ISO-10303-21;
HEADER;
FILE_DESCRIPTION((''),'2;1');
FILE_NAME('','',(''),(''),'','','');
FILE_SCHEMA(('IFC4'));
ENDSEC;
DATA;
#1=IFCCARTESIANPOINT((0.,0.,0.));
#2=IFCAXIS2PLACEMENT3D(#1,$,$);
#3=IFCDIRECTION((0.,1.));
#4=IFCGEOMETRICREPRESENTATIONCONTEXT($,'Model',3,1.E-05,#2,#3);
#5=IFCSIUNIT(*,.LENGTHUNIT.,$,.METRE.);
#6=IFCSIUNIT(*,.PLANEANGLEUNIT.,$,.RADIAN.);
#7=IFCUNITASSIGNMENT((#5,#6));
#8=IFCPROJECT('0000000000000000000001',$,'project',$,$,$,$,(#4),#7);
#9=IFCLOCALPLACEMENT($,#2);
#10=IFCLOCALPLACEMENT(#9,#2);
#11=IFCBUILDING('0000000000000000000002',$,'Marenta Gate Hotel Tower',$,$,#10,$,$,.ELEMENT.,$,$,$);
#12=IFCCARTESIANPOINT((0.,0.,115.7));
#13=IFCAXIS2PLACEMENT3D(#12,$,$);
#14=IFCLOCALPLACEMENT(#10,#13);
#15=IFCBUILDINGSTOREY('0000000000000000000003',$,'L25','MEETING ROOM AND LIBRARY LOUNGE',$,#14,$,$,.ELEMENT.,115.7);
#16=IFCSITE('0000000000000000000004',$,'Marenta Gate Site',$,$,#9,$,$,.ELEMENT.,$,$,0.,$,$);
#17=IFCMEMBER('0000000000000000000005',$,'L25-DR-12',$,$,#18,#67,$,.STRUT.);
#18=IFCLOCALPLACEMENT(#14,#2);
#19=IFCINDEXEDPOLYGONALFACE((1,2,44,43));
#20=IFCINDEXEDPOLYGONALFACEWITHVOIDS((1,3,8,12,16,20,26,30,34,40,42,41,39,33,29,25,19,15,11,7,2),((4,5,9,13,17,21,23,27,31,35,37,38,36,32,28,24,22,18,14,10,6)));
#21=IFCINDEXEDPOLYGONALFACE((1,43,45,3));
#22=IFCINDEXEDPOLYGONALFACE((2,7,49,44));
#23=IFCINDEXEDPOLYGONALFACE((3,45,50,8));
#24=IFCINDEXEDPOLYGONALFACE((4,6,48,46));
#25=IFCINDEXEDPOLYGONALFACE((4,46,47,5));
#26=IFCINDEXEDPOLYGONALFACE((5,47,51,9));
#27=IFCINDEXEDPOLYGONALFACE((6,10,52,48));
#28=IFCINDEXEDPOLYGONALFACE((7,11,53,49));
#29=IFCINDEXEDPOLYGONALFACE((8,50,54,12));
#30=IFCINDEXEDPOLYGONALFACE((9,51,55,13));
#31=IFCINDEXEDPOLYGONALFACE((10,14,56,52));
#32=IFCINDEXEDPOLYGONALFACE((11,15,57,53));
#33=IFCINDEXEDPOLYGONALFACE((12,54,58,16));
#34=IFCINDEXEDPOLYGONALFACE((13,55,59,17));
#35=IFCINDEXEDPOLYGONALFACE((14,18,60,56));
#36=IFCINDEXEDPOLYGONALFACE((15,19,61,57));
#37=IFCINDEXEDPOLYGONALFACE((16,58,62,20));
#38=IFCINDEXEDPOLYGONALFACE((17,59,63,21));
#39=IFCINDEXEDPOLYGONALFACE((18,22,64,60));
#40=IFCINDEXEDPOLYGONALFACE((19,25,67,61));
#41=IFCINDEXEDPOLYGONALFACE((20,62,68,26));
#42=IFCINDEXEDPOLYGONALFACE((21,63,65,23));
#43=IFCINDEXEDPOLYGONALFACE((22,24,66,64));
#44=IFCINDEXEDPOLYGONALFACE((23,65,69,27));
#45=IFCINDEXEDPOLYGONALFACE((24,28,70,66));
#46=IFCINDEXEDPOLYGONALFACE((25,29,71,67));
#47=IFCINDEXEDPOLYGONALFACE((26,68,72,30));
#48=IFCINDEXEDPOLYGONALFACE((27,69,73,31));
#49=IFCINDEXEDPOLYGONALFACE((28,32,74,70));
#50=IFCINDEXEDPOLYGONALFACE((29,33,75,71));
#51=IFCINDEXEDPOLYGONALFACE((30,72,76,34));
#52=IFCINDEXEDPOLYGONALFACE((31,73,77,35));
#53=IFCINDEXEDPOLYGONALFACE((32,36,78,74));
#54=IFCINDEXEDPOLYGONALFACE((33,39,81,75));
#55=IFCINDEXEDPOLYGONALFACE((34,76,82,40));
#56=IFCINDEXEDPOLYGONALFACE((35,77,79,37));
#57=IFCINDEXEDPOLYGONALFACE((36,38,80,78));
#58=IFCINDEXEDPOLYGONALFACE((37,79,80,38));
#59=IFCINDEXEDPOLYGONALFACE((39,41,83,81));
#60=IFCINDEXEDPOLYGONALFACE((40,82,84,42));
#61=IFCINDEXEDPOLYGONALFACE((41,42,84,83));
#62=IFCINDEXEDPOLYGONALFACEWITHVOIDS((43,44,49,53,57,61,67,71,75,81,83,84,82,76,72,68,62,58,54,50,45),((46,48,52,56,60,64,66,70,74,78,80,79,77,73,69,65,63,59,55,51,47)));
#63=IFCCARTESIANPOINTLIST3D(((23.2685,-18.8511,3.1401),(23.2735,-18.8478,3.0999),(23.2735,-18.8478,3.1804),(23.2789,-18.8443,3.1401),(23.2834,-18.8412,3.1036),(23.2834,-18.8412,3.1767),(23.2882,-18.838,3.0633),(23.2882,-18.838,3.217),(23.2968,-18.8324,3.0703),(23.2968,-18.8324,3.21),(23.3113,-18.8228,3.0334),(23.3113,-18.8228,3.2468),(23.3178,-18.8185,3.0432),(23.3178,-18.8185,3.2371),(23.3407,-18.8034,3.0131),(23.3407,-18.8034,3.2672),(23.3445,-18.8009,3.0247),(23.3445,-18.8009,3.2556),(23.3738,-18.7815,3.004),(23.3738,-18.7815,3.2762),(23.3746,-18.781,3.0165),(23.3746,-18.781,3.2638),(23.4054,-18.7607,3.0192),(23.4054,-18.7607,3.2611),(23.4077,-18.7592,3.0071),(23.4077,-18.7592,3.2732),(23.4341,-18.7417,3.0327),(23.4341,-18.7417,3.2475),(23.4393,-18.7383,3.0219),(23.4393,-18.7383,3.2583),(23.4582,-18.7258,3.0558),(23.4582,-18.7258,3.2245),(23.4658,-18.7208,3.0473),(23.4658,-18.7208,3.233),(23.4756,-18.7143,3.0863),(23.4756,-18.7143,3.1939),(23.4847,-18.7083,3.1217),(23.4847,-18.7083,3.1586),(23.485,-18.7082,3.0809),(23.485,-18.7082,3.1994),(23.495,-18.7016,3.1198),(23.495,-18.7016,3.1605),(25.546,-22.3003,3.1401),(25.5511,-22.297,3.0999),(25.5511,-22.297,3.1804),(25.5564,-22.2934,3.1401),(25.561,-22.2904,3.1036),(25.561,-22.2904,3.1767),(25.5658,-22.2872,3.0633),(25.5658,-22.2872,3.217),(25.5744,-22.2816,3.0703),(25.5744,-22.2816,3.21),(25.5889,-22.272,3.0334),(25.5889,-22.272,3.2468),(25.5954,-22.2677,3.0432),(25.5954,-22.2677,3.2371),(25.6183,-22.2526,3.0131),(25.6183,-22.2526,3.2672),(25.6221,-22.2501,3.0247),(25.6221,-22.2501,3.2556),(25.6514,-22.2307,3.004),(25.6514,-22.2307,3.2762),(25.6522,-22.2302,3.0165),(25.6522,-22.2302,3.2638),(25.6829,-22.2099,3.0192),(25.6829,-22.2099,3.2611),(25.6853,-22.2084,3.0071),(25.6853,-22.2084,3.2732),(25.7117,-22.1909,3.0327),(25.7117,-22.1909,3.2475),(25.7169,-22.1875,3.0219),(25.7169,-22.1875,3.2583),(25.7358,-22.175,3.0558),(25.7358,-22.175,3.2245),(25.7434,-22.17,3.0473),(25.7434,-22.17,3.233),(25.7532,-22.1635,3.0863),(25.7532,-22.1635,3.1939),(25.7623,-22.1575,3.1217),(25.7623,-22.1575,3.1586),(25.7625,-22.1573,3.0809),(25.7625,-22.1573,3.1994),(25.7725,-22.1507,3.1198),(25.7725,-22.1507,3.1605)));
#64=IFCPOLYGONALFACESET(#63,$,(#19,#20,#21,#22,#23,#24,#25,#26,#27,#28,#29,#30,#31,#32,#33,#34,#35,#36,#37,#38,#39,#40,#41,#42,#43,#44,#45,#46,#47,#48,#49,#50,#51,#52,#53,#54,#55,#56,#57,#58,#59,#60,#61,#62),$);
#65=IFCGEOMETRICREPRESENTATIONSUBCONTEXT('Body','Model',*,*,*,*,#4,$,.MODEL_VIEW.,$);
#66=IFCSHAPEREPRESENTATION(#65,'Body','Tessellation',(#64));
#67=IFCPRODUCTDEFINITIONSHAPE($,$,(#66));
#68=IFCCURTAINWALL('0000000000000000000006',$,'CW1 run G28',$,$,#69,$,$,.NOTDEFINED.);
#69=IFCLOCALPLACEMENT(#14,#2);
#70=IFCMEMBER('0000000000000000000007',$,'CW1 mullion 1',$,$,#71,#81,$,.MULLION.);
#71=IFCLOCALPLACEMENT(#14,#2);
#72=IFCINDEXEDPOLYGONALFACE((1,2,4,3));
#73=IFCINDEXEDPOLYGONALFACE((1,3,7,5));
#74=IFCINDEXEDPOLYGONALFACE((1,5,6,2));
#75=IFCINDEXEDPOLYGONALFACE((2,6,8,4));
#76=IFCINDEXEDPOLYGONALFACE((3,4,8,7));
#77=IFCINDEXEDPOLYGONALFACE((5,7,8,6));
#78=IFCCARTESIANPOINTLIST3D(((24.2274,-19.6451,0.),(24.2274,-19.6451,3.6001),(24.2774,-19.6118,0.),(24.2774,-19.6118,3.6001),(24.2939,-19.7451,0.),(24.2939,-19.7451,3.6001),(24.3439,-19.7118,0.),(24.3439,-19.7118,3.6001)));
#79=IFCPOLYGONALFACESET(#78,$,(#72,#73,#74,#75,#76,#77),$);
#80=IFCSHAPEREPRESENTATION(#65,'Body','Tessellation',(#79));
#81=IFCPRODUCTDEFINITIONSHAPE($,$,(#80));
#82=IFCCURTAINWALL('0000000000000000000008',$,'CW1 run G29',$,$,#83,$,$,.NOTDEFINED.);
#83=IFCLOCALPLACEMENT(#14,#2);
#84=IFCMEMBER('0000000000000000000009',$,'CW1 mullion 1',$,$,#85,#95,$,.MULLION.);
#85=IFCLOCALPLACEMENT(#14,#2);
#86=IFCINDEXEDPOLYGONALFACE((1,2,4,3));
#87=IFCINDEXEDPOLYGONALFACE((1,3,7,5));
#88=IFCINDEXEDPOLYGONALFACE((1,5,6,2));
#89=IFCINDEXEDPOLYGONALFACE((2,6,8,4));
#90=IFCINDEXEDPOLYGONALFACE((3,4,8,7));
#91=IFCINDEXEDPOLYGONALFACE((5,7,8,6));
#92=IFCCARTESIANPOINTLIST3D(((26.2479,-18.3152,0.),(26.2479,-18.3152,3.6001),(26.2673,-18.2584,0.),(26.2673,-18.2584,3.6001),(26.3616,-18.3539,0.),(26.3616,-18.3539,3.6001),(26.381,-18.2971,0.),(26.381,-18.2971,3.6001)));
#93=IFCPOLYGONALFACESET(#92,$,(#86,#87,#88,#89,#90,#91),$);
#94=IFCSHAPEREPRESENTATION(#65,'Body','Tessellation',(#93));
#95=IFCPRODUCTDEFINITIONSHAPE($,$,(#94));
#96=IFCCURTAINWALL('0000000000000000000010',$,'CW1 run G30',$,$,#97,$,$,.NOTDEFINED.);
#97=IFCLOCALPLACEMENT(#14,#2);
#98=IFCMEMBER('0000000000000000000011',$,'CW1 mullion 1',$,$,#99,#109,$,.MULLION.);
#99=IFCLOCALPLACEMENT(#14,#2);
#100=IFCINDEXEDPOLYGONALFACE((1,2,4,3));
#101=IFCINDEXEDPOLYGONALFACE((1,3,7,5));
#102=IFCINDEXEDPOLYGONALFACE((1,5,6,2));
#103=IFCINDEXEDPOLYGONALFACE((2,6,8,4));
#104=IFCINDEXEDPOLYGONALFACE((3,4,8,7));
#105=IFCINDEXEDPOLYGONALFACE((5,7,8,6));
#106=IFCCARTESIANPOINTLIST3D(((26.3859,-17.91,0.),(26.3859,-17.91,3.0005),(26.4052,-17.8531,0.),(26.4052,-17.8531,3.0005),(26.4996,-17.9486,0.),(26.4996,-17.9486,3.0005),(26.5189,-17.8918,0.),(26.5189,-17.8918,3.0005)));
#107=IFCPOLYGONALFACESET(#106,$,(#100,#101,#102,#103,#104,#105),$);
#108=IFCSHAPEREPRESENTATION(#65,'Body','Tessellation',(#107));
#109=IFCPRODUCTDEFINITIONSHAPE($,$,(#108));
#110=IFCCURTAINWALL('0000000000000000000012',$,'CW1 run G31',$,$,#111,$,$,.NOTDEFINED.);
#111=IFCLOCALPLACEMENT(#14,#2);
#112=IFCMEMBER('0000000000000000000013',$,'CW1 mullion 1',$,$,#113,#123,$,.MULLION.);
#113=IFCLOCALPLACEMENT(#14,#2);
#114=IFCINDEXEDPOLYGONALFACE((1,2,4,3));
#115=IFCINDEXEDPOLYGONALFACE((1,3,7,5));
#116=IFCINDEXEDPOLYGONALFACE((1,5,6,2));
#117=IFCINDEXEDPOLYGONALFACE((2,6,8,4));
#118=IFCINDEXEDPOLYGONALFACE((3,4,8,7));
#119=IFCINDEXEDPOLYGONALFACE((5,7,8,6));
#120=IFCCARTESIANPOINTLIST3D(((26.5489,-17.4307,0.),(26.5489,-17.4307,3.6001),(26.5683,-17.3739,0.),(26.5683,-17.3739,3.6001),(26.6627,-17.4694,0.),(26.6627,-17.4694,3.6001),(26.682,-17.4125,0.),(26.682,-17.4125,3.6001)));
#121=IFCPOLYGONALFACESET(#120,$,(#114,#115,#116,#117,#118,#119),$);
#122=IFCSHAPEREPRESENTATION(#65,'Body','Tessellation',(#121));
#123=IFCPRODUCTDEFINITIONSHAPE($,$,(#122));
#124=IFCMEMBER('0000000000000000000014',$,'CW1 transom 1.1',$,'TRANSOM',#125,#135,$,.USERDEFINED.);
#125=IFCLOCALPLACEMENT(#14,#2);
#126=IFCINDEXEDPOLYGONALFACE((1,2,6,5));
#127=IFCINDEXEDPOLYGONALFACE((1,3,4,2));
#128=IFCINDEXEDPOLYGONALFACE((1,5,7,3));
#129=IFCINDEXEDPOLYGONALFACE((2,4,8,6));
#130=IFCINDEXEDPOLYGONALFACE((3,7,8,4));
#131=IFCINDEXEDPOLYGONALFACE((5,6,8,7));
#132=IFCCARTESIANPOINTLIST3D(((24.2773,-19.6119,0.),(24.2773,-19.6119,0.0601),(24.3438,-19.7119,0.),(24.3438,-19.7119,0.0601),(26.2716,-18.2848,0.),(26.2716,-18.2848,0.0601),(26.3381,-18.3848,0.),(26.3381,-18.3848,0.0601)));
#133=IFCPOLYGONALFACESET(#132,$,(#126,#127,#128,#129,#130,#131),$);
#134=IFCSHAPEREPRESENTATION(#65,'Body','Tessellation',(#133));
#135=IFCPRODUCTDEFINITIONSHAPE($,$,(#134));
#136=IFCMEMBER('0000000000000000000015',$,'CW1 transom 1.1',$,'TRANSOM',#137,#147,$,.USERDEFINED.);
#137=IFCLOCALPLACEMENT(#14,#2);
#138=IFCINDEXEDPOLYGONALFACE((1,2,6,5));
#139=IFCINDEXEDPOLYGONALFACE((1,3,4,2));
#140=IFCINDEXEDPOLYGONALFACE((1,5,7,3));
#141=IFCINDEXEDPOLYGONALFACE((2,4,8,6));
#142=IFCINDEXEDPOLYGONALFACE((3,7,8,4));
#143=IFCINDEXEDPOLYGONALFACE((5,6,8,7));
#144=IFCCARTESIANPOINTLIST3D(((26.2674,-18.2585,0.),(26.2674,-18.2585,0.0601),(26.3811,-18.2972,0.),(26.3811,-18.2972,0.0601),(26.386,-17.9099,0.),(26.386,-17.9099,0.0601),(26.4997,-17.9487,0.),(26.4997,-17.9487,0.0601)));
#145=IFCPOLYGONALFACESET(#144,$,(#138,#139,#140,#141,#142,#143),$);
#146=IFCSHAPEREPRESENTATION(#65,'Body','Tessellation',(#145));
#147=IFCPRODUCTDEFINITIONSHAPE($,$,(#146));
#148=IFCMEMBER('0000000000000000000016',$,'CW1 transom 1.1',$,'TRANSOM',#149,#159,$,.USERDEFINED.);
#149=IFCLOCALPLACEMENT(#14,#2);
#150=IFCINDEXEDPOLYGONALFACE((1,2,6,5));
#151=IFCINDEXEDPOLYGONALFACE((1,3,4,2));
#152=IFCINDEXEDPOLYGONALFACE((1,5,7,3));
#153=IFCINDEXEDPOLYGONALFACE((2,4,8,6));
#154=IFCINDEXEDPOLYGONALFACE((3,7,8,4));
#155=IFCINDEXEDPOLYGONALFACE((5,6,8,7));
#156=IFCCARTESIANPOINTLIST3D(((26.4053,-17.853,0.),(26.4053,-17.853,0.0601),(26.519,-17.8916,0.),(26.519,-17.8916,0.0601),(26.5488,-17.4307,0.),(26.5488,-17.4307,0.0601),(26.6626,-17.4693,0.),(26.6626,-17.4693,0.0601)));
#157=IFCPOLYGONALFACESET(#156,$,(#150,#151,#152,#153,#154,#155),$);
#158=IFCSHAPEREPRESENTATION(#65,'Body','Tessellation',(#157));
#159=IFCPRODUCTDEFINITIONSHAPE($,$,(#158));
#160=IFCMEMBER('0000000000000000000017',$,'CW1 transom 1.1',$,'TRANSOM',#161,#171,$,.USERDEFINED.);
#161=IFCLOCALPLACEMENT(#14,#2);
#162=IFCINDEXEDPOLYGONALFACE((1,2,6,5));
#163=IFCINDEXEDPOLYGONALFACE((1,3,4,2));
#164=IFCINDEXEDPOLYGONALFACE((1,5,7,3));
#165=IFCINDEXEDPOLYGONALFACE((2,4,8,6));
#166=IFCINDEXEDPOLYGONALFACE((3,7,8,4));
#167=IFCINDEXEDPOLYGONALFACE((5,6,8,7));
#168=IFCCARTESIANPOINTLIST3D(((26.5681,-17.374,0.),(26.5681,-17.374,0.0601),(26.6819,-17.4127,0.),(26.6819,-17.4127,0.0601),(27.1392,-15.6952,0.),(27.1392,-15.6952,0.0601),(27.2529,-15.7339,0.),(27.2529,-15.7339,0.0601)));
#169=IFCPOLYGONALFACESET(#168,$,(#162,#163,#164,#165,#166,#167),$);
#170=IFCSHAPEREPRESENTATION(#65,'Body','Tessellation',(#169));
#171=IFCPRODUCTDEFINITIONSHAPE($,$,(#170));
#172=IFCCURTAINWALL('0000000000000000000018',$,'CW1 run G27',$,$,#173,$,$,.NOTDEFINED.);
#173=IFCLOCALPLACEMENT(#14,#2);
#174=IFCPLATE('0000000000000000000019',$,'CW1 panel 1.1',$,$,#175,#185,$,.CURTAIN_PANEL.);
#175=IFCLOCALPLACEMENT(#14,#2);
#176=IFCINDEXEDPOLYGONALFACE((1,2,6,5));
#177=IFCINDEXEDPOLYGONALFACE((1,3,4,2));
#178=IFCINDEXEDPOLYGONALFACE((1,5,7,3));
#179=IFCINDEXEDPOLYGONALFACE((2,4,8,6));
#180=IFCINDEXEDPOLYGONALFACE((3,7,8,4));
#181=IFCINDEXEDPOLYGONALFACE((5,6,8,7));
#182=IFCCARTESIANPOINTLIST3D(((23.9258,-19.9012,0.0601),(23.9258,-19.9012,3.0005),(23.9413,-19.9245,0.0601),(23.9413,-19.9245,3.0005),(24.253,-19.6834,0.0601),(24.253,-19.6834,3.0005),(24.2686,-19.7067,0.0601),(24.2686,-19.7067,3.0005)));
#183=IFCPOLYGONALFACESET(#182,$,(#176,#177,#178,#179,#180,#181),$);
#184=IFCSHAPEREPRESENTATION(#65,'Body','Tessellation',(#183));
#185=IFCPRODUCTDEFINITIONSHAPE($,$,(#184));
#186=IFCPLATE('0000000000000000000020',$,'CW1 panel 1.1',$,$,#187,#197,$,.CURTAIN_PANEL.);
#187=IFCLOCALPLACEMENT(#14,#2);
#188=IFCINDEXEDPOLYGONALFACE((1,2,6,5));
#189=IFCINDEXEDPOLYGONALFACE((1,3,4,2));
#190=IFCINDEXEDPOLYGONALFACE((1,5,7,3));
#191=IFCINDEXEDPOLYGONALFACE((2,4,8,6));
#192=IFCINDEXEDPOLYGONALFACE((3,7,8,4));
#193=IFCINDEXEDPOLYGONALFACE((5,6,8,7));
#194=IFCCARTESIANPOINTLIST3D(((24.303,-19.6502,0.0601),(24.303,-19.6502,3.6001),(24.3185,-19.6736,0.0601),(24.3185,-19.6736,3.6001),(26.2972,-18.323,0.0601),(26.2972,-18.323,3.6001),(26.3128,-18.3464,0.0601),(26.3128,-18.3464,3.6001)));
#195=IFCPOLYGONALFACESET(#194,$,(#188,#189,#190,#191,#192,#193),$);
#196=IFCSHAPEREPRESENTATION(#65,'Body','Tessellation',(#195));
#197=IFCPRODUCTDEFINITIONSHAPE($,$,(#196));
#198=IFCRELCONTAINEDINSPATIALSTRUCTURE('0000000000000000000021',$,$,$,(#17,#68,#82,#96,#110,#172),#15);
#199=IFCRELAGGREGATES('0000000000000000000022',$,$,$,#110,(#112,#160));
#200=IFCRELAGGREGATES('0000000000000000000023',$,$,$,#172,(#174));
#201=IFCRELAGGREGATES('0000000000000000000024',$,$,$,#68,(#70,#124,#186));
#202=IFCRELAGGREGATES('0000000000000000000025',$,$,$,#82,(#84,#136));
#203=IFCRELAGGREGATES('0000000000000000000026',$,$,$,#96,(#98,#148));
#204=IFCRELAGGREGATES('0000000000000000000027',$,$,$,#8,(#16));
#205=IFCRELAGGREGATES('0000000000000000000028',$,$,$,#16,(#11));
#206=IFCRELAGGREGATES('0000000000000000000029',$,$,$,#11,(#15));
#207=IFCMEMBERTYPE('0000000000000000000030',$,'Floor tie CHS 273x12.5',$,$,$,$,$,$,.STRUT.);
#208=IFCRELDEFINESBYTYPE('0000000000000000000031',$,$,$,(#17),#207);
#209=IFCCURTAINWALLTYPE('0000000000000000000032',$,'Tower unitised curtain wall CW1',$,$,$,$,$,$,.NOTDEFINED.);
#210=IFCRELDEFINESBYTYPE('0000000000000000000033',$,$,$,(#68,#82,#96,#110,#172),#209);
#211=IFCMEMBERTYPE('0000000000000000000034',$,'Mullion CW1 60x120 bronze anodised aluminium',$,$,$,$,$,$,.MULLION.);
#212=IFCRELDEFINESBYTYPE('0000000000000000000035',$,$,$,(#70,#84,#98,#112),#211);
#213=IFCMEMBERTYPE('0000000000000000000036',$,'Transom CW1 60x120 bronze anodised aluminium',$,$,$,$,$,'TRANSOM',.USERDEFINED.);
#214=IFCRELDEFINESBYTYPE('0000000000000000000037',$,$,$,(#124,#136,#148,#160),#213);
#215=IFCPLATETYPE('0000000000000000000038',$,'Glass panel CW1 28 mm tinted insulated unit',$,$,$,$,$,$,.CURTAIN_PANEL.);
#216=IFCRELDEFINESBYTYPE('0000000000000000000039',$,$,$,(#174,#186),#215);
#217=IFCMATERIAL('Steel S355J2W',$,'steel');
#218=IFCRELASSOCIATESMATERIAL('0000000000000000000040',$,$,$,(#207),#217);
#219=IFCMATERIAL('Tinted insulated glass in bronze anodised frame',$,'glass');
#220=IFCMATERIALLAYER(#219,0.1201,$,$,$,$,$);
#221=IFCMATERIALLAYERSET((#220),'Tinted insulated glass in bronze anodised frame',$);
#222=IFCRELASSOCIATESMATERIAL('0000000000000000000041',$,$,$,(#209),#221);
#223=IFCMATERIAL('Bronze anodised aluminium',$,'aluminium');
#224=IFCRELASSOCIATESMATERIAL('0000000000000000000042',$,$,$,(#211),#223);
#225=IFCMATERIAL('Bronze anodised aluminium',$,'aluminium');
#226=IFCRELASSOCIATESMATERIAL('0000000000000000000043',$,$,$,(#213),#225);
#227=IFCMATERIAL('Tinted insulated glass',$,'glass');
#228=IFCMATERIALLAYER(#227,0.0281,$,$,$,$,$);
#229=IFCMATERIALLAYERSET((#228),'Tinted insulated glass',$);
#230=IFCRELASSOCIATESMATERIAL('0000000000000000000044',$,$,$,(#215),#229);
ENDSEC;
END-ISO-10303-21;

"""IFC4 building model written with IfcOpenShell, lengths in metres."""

from ifc_helpers import new_model, si_unit, direction, frame, origin, origin_2d, place, context, subcontext, project, spatial, rectangle, hollow_circle, extrude, material, layer, layer_set, material_profile, profile_set, type_object, element, aggregate, save


model = new_model("IFC4")

# Units and contexts
model_context = context("Model", 3, precision=1e-05, world=origin(), true_north=direction((0.0, 1.0)))
body_context = subcontext(model_context, "Body", "Model", "MODEL_VIEW")
ifc_project = project(units=[si_unit("LENGTHUNIT", "METRE"), si_unit("PLANEANGLEUNIT", "RADIAN")], contexts=[model_context])

# Site, building, storey
site_placement = place(None, origin())
site = spatial("IfcSite", under=ifc_project, at=site_placement, Name="Marenta Gate Site", CompositionType="ELEMENT", RefElevation=0.0)
building_placement = place(site_placement, origin())
building = spatial("IfcBuilding", under=site, at=building_placement, Name="Marenta Gate Hotel Tower", CompositionType="ELEMENT")
storey_placement = place(building_placement, frame((0.0, 0.0, 115.7)))
storey = spatial("IfcBuildingStorey", under=building, at=storey_placement, Name="L25", Description="MEETING ROOM AND LIBRARY LOUNGE", CompositionType="ELEMENT", Elevation=115.7)

# Member
ifc_material_1 = material(Name="Steel S355J2W", Category="steel")
ifc_material_profile_1 = material_profile(ifc_material_1, hollow_circle(Radius=0.1365, WallThickness=0.0125, at=origin_2d()), Name="CHS 273x12.5")
ifc_profile_set_1 = profile_set([ifc_material_profile_1], Name="Steel S355J2W")
member_type_1 = type_object("IfcMemberType", Name="Floor tie CHS 273x12.5", PredefinedType="STRUT", material=ifc_profile_set_1)
member_1_placement = place(storey_placement, frame((25.6599, -22.2251, 3.1401), z_axis=(-0.551028, 0.834487, 0.0), x_axis=(-0.834487, -0.551028, 0.0)))
element("IfcMember", 1, at=member_1_placement, inside=storey, type_object=member_type_1, Name="L25-DR-12", PredefinedType="STRUT", context=body_context, shape_type="SweptSolid", body=[
    extrude(hollow_circle(Radius=0.1365, WallThickness=0.0125, at=origin_2d()), origin(), (0.0, 0.0, 1.0), 4.1333),
])

# Curtain walls, members
ifc_material_2 = material(Name="Tinted insulated glass in bronze anodised frame", Category="glass")
ifc_layer_1 = layer(ifc_material_2, 0.1201)
ifc_layer_set_1 = layer_set([ifc_layer_1], Name="Tinted insulated glass in bronze anodised frame")
curtain_wall_type = type_object("IfcCurtainWallType", Name="Tower unitised curtain wall CW1", PredefinedType="NOTDEFINED", material=ifc_layer_set_1)
curtain_wall_1_placement = place(storey_placement, origin())
curtain_wall_1 = element("IfcCurtainWall", 2, at=curtain_wall_1_placement, inside=storey, type_object=curtain_wall_type, Name="CW1 run G28", PredefinedType="NOTDEFINED")
ifc_material_3 = material(Name="Bronze anodised aluminium", Category="aluminium")
ifc_material_profile_2 = material_profile(ifc_material_3, rectangle(XDim=0.1201, YDim=0.0601, at=origin_2d()), Name="Mullion CW1 60x120 bronze anodised aluminium")
ifc_profile_set_2 = profile_set([ifc_material_profile_2], Name="Bronze anodised aluminium")
member_type_2 = type_object("IfcMemberType", Name="Mullion CW1 60x120 bronze anodised aluminium", PredefinedType="MULLION", material=ifc_profile_set_2)
member_2_placement = place(storey_placement, frame((24.2856, -19.6785, 0.0), z_axis=(0.0, 0.0, 1.0), x_axis=(-0.554023, 0.832501, 0.0)))
member_2 = element("IfcMember", 3, at=member_2_placement, type_object=member_type_2, Name="CW1 mullion 1", PredefinedType="MULLION", context=body_context, shape_type="SweptSolid", body=[
    extrude(rectangle(XDim=0.1201, YDim=0.0601, at=origin_2d()), origin(), (0.0, 0.0, 1.0), 3.6001),
])
curtain_wall_2_placement = place(storey_placement, origin())
curtain_wall_2 = element("IfcCurtainWall", 4, at=curtain_wall_2_placement, inside=storey, type_object=curtain_wall_type, Name="CW1 run G29", PredefinedType="NOTDEFINED")
member_3_placement = place(storey_placement, frame((26.3145, -18.3062, 0.0), z_axis=(0.0, 0.0, 1.0), x_axis=(-0.946727, 0.322037, 0.0)))
member_3 = element("IfcMember", 5, at=member_3_placement, type_object=member_type_2, Name="CW1 mullion 1", PredefinedType="MULLION", context=body_context, shape_type="SweptSolid", body=[
    extrude(rectangle(XDim=0.1201, YDim=0.0601, at=origin_2d()), origin(), (0.0, 0.0, 1.0), 3.6001),
])
curtain_wall_3_placement = place(storey_placement, origin())
curtain_wall_3 = element("IfcCurtainWall", 6, at=curtain_wall_3_placement, inside=storey, type_object=curtain_wall_type, Name="CW1 run G30", PredefinedType="NOTDEFINED")
member_4_placement = place(storey_placement, frame((26.4524, -17.9009, 0.0), z_axis=(0.0, 0.0, 1.0), x_axis=(-0.946729, 0.32203, 0.0)))
member_4 = element("IfcMember", 7, at=member_4_placement, type_object=member_type_2, Name="CW1 mullion 1", PredefinedType="MULLION", context=body_context, shape_type="SweptSolid", body=[
    extrude(rectangle(XDim=0.1201, YDim=0.0601, at=origin_2d()), origin(), (0.0, 0.0, 1.0), 3.0005),
])
curtain_wall_4_placement = place(storey_placement, origin())
curtain_wall_4 = element("IfcCurtainWall", 8, at=curtain_wall_4_placement, inside=storey, type_object=curtain_wall_type, Name="CW1 run G31", PredefinedType="NOTDEFINED")
member_5_placement = place(storey_placement, frame((26.6155, -17.4216, 0.0), z_axis=(0.0, 0.0, 1.0), x_axis=(-0.946729, 0.322032, 0.0)))
member_5 = element("IfcMember", 9, at=member_5_placement, type_object=member_type_2, Name="CW1 mullion 1", PredefinedType="MULLION", context=body_context, shape_type="SweptSolid", body=[
    extrude(rectangle(XDim=0.1201, YDim=0.0601, at=origin_2d()), origin(), (0.0, 0.0, 1.0), 3.6001),
])

# Members
ifc_material_4 = material(Name="Bronze anodised aluminium", Category="aluminium")
ifc_material_profile_3 = material_profile(ifc_material_4, rectangle(XDim=0.1201, YDim=0.0601, at=origin_2d()), Name="Transom CW1 60x120 bronze anodised aluminium")
ifc_profile_set_3 = profile_set([ifc_material_profile_3], Name="Bronze anodised aluminium")
member_type_3 = type_object("IfcMemberType", Name="Transom CW1 60x120 bronze anodised aluminium", ElementType="TRANSOM", PredefinedType="USERDEFINED", material=ifc_profile_set_3)
member_6_placement = place(storey_placement, frame((24.3105, -19.6619, 0.03), z_axis=(0.83252, 0.553994, 0.0), x_axis=(-0.553994, 0.83252, 0.0)))
member_6 = element("IfcMember", 10, at=member_6_placement, type_object=member_type_3, Name="CW1 transom 1.1", ObjectType="TRANSOM", PredefinedType="USERDEFINED", context=body_context, shape_type="SweptSolid", body=[
    extrude(rectangle(XDim=0.1201, YDim=0.0601, at=origin_2d()), origin(), (0.0, 0.0, 1.0), 2.3955),
])
member_7_placement = place(storey_placement, frame((26.3242, -18.2778, 0.03), z_axis=(0.322188, 0.946676, 0.0), x_axis=(-0.946676, 0.322188, 0.0)))
member_7 = element("IfcMember", 11, at=member_7_placement, type_object=member_type_3, Name="CW1 transom 1.1", ObjectType="TRANSOM", PredefinedType="USERDEFINED", context=body_context, shape_type="SweptSolid", body=[
    extrude(rectangle(XDim=0.1201, YDim=0.0601, at=origin_2d()), origin(), (0.0, 0.0, 1.0), 0.3682),
])
member_8_placement = place(storey_placement, frame((26.4622, -17.8723, 0.03), z_axis=(0.321805, 0.946806, 0.0), x_axis=(-0.946806, 0.321805, 0.0)))
member_8 = element("IfcMember", 12, at=member_8_placement, type_object=member_type_3, Name="CW1 transom 1.1", ObjectType="TRANSOM", PredefinedType="USERDEFINED", context=body_context, shape_type="SweptSolid", body=[
    extrude(rectangle(XDim=0.1201, YDim=0.0601, at=origin_2d()), origin(), (0.0, 0.0, 1.0), 0.446),
])
member_9_placement = place(storey_placement, frame((26.625, -17.3933, 0.03), z_axis=(0.322046, 0.946724, 0.0), x_axis=(-0.946724, 0.322046, 0.0)))
member_9 = element("IfcMember", 13, at=member_9_placement, type_object=member_type_3, Name="CW1 transom 1.1", ObjectType="TRANSOM", PredefinedType="USERDEFINED", context=body_context, shape_type="SweptSolid", body=[
    extrude(rectangle(XDim=0.1201, YDim=0.0601, at=origin_2d()), origin(), (0.0, 0.0, 1.0), 1.7732),
])
aggregate(curtain_wall_4, [member_5, member_9])

# Curtain wall, plate
curtain_wall_5_placement = place(storey_placement, origin())
curtain_wall_5 = element("IfcCurtainWall", 14, at=curtain_wall_5_placement, inside=storey, type_object=curtain_wall_type, Name="CW1 run G27", PredefinedType="NOTDEFINED")
ifc_material_5 = material(Name="Tinted insulated glass", Category="glass")
ifc_layer_2 = layer(ifc_material_5, 0.0281)
ifc_layer_set_2 = layer_set([ifc_layer_2], Name="Tinted insulated glass")
plate_type = type_object("IfcPlateType", Name="Glass panel CW1 28 mm tinted insulated unit", PredefinedType="CURTAIN_PANEL", material=ifc_layer_set_2)
plate_1_placement = place(storey_placement, frame((24.0972, -19.804, 0.0601), z_axis=(0.0, 0.0, 1.0), x_axis=(0.832458, 0.554089, 0.0)))
plate_1 = element("IfcPlate", 15, at=plate_1_placement, type_object=plate_type, Name="CW1 panel 1.1", PredefinedType="CURTAIN_PANEL", context=body_context, shape_type="SweptSolid", body=[
    extrude(rectangle(XDim=0.3931, YDim=0.0281, at=origin_2d()), origin(), (0.0, 0.0, 1.0), 2.9404),
])
aggregate(curtain_wall_5, [plate_1])

# Plate
plate_2_placement = place(storey_placement, frame((25.3079, -18.9983, 0.0601), z_axis=(0.0, 0.0, 1.0), x_axis=(0.832501, 0.554023, 0.0)))
plate_2 = element("IfcPlate", 16, at=plate_2_placement, type_object=plate_type, Name="CW1 panel 1.1", PredefinedType="CURTAIN_PANEL", context=body_context, shape_type="SweptSolid", body=[
    extrude(rectangle(XDim=2.3955, YDim=0.0281, at=origin_2d()), origin(), (0.0, 0.0, 1.0), 3.54),
])
aggregate(curtain_wall_1, [member_2, member_6, plate_2])
aggregate(curtain_wall_2, [member_3, member_7])
aggregate(curtain_wall_3, [member_4, member_8])

save(model, "model.ifc")
